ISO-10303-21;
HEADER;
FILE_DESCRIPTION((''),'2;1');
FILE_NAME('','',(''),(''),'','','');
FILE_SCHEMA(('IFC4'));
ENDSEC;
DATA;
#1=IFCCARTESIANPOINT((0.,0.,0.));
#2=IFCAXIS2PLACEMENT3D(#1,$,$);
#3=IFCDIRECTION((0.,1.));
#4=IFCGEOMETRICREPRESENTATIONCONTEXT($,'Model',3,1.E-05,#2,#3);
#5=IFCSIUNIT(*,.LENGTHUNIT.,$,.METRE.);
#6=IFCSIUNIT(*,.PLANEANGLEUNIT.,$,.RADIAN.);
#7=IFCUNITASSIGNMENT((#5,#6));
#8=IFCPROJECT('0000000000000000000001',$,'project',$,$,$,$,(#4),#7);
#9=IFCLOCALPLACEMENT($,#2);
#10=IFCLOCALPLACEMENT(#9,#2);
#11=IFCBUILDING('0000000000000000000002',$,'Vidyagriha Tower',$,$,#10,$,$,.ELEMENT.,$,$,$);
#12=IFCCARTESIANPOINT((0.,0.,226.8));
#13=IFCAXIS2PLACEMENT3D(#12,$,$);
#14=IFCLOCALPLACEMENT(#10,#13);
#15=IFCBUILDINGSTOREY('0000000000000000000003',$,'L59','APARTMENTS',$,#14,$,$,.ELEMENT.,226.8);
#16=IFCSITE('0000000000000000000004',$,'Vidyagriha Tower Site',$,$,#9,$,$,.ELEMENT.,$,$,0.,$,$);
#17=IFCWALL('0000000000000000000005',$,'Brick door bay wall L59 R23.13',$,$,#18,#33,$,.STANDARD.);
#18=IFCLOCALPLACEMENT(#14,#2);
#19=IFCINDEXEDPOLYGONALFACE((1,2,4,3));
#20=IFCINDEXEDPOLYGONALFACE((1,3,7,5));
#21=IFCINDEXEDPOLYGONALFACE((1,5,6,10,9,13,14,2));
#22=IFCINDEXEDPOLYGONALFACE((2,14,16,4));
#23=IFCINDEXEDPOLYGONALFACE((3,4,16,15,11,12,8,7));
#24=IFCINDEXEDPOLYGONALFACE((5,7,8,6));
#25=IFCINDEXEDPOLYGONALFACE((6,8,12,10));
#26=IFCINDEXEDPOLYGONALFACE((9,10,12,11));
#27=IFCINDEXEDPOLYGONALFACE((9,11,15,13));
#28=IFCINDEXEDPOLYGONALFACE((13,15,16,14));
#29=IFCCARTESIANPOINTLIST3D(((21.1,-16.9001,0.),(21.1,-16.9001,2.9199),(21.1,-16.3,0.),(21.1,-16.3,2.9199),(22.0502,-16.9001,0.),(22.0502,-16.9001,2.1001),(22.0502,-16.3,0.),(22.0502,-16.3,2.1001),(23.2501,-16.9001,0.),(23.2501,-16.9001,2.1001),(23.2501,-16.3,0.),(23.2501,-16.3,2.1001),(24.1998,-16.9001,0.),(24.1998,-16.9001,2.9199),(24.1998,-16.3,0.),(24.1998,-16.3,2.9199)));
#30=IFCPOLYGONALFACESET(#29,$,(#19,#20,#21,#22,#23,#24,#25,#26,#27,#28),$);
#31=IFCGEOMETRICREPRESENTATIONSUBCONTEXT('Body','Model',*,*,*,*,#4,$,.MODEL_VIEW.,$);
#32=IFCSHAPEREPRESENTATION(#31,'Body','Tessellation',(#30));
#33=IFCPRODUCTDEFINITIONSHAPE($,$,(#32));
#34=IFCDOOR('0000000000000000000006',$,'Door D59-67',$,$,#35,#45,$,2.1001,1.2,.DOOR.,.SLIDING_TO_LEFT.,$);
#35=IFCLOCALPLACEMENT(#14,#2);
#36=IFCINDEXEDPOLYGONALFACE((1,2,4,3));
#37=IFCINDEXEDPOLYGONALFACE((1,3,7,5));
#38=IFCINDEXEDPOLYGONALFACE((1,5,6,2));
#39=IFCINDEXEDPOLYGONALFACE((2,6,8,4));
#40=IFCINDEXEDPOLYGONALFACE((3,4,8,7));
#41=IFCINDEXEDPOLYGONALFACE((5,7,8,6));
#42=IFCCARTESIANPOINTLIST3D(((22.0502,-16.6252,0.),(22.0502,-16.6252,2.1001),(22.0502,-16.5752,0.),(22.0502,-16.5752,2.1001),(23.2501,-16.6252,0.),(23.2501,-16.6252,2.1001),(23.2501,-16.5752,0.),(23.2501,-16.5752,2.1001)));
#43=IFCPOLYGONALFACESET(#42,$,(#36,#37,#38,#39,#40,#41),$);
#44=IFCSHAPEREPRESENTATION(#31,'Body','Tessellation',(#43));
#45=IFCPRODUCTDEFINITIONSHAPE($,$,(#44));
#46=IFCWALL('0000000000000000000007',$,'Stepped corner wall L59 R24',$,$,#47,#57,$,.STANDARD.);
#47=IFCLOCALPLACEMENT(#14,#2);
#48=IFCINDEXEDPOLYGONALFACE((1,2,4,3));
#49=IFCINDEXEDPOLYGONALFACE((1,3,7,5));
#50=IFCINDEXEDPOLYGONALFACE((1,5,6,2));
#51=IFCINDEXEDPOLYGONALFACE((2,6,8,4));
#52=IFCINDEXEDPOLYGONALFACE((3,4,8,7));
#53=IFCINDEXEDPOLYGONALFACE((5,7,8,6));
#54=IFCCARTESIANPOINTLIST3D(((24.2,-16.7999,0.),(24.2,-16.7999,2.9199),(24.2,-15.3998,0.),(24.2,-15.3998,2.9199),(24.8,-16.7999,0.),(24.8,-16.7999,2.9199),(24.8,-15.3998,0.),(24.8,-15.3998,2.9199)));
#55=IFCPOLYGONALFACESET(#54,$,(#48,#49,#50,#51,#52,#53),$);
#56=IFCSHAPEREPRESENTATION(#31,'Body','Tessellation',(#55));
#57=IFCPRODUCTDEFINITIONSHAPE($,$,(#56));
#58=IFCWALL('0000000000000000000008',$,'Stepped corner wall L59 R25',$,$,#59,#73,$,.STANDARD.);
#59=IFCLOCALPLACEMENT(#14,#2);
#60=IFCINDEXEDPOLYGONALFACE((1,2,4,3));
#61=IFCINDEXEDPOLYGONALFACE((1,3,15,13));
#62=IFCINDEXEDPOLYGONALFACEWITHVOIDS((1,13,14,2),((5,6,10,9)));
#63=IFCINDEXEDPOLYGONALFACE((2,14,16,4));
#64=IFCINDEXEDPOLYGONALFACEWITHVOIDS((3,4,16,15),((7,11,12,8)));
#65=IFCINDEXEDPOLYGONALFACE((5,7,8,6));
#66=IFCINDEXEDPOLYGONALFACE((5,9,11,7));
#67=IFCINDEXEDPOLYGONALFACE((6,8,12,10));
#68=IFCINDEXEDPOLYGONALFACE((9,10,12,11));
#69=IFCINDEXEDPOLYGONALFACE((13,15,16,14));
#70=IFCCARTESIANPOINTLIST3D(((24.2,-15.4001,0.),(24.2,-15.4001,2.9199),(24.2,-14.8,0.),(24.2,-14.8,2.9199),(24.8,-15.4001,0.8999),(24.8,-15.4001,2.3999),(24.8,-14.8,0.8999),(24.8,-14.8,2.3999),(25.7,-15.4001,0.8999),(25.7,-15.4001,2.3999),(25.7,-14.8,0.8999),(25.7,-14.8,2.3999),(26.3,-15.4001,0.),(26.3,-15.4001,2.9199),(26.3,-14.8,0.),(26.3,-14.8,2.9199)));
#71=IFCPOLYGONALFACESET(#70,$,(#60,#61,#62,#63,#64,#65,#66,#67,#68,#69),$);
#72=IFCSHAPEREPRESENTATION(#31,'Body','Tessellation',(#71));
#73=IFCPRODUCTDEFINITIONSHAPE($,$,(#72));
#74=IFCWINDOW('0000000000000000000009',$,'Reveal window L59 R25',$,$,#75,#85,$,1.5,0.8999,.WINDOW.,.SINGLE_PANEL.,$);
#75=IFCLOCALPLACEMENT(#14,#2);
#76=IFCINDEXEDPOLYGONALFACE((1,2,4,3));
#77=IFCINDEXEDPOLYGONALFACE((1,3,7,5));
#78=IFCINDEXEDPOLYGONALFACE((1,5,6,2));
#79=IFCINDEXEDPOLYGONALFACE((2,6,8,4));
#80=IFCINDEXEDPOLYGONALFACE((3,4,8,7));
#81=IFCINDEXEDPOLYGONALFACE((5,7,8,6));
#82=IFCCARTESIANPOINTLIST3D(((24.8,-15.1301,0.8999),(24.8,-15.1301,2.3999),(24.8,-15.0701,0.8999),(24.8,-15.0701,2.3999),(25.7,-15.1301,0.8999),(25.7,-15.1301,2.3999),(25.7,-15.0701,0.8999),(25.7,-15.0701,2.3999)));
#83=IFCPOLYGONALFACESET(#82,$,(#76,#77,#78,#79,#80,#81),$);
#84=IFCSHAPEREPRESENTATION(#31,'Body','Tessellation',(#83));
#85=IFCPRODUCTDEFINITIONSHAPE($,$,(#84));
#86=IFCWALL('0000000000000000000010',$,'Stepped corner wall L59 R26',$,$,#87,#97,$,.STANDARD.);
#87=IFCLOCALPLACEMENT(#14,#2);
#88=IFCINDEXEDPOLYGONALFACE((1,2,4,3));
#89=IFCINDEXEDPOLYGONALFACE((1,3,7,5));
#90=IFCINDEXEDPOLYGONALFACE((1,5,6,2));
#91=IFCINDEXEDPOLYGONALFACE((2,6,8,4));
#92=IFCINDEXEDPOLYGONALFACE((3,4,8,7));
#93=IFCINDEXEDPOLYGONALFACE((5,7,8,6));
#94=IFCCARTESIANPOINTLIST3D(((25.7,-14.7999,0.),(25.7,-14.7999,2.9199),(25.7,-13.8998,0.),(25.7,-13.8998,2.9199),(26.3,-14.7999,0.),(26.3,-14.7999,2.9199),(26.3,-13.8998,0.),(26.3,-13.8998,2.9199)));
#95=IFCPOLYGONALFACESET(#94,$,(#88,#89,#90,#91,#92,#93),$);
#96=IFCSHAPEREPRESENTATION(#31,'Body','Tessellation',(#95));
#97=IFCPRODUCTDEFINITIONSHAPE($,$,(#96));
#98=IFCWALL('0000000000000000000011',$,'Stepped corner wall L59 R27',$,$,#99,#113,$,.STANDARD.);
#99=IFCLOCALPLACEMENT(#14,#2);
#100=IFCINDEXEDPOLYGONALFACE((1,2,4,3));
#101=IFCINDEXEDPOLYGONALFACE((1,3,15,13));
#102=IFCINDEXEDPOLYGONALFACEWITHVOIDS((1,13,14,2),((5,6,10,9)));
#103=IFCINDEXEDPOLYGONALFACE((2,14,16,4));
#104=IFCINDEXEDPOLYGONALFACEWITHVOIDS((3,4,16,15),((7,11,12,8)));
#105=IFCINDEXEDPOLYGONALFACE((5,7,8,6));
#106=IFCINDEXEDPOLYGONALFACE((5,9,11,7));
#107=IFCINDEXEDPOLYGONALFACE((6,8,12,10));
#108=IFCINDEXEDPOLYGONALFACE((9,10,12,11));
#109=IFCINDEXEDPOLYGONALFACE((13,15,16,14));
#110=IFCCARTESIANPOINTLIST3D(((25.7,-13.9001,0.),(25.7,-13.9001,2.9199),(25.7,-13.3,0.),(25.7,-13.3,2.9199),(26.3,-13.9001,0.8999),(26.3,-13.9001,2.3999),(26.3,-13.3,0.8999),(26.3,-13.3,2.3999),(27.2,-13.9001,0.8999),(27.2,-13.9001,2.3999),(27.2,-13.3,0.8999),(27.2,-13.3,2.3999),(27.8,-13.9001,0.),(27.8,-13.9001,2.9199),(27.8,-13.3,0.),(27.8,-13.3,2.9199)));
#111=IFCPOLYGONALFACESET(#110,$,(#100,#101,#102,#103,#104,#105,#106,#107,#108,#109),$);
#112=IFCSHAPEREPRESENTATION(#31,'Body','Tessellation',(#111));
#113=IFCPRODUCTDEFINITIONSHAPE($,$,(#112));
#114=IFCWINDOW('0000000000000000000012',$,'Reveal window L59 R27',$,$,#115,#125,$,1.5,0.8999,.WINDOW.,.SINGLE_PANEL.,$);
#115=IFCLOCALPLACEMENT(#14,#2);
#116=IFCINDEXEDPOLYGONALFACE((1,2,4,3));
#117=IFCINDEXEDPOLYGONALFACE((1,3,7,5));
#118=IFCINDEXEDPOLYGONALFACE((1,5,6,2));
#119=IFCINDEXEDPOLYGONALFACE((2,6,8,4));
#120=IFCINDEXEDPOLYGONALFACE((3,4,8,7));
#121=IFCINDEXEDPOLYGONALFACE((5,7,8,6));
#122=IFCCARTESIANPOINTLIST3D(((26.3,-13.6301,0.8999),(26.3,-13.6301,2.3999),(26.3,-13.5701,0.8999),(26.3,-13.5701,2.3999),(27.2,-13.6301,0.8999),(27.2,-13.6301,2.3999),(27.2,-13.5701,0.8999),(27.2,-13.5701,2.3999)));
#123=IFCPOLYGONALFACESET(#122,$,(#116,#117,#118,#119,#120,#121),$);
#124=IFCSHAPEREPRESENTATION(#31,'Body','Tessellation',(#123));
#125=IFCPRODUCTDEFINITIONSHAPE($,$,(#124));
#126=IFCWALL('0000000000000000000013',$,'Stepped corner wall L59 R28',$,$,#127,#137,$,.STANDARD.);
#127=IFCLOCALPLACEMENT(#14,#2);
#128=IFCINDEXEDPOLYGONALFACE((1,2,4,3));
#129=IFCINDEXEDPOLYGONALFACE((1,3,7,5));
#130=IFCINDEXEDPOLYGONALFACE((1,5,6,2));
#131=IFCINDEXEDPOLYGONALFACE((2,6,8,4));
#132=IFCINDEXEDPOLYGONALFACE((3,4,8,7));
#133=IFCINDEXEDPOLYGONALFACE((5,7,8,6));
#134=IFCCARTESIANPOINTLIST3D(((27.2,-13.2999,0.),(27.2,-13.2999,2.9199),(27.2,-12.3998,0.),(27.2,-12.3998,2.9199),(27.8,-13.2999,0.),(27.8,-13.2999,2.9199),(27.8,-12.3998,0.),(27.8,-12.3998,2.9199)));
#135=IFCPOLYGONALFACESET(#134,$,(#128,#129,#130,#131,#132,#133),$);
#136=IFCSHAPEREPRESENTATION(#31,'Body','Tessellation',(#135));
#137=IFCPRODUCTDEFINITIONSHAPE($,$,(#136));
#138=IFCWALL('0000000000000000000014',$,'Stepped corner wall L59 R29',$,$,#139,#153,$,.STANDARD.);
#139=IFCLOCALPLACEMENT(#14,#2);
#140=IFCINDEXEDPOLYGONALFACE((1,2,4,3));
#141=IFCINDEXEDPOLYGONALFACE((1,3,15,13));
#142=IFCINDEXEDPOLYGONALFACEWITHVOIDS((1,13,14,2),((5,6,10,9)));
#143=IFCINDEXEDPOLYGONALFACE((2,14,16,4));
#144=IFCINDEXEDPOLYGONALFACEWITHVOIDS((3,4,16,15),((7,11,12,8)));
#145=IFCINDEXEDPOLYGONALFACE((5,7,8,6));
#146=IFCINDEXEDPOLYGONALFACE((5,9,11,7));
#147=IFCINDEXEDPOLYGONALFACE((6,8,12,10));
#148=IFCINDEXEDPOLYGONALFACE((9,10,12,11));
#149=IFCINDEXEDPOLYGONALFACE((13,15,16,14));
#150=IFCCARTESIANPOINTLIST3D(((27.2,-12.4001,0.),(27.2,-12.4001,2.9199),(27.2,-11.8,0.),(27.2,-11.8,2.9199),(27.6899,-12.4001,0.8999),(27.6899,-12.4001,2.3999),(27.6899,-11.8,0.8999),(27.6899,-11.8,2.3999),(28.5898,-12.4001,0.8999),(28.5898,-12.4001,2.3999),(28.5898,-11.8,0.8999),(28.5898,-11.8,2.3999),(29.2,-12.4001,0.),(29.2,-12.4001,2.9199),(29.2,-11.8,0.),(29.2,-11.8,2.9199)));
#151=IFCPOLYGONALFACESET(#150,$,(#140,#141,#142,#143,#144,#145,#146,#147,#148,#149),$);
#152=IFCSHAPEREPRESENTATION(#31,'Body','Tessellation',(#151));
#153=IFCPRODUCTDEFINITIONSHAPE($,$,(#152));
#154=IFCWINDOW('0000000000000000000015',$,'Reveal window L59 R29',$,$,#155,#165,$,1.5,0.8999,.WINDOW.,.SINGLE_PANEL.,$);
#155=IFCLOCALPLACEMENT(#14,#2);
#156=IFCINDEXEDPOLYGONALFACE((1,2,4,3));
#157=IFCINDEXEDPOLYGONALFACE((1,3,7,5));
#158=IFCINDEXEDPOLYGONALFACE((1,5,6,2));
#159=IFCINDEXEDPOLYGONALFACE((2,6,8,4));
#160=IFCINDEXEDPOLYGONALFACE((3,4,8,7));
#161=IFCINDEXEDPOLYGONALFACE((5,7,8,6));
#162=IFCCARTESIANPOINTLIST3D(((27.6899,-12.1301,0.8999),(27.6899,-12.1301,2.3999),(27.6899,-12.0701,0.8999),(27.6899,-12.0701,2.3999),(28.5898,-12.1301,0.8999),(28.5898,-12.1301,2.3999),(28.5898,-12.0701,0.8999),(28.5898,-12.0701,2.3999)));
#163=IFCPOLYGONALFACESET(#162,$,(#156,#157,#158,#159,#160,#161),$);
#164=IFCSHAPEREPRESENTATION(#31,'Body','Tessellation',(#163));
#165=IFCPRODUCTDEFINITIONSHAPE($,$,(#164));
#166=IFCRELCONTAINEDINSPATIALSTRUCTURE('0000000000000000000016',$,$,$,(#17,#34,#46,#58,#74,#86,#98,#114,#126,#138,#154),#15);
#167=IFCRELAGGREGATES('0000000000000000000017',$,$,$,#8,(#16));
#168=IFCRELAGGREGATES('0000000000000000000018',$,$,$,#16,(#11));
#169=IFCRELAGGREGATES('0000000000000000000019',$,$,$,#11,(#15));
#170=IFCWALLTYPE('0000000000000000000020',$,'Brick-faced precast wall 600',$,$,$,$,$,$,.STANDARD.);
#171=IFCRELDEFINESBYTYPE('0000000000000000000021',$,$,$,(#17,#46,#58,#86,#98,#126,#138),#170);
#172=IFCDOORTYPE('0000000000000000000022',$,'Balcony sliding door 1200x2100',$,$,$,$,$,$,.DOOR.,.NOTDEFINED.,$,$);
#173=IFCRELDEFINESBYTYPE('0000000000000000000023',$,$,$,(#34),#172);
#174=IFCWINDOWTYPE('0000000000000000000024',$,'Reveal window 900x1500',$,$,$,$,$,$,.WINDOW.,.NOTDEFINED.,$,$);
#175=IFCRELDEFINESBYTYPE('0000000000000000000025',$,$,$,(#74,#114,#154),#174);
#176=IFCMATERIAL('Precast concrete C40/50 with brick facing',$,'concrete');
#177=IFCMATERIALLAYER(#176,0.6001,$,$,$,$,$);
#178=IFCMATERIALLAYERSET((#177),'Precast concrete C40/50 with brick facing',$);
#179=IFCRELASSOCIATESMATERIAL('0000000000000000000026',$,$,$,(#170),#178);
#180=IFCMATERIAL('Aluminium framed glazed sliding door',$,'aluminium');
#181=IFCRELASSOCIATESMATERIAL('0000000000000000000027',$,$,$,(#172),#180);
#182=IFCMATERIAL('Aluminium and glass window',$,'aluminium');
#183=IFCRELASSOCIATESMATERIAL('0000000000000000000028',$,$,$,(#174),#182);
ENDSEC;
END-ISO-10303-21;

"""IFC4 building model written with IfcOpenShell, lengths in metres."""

from ifc_helpers import new_model, si_unit, direction, frame, frame_2d, origin, place, context, subcontext, project, spatial, rectangle, extrude, material, layer, layer_set, type_object, element, fill, save


model = new_model("IFC4")

# Units and contexts
model_context = context("Model", 3, precision=1e-05, world=origin(), true_north=direction((0.0, 1.0)))
body_context = subcontext(model_context, "Body", "Model", "MODEL_VIEW")
ifc_project = project(units=[si_unit("LENGTHUNIT", "METRE"), si_unit("PLANEANGLEUNIT", "RADIAN")], contexts=[model_context])

# Site, building, storey
site_placement = place(None, origin())
site = spatial("IfcSite", under=ifc_project, at=site_placement, Name="Vidyagriha Tower Site", CompositionType="ELEMENT", RefElevation=0.0)
building_placement = place(site_placement, origin())
building = spatial("IfcBuilding", under=site, at=building_placement, Name="Vidyagriha Tower", CompositionType="ELEMENT")
storey_placement = place(building_placement, frame((0.0, 0.0, 226.8)))
storey = spatial("IfcBuildingStorey", under=building, at=storey_placement, Name="L59", Description="APARTMENTS", CompositionType="ELEMENT", Elevation=226.8)

# Wall, opening, door
ifc_material_1 = material(Name="Precast concrete C40/50 with brick facing", Category="concrete")
ifc_layer_1 = layer(ifc_material_1, 0.6001)
ifc_layer_set_1 = layer_set([ifc_layer_1], Name="Precast concrete C40/50 with brick facing")
wall_type = type_object("IfcWallType", Name="Brick-faced precast wall 600", PredefinedType="STANDARD", material=ifc_layer_set_1)
wall_1_placement = place(storey_placement, frame((21.1001, -16.6001, 0.0)))
wall_1 = element("IfcWall", 1, at=wall_1_placement, inside=storey, type_object=wall_type, Name="Brick door bay wall L59 R23.13", PredefinedType="STANDARD", context=body_context, shape_type="SweptSolid", body=[
    extrude(rectangle(XDim=3.0999, YDim=0.6001, at=frame_2d((1.5498, 0.0))), origin(), (0.0, 0.0, 1.0), 2.9199),
])
opening_1_placement = place(wall_1_placement, frame((0.95, 0.0, 0.0)))
opening_1 = element("IfcOpeningElement", 2, at=opening_1_placement, cuts=wall_1, PredefinedType="OPENING", context=body_context, shape_type="SweptSolid", body=[
    extrude(rectangle(XDim=1.2, YDim=2.1001, at=frame_2d((0.6001, 1.05))), frame((0.0, 0.3101, 0.0), z_axis=(0.0, -1.0, 0.0), x_axis=(1.0, 0.0, 0.0)), (0.0, 0.0, 1.0), 0.6201),
])
ifc_material_2 = material(Name="Aluminium framed glazed sliding door", Category="aluminium")
door_type = type_object("IfcDoorType", Name="Balcony sliding door 1200x2100", OperationType="NOTDEFINED", PredefinedType="DOOR", material=ifc_material_2)
door_placement = place(opening_1_placement, origin())
door = element("IfcDoor", 3, at=door_placement, inside=storey, type_object=door_type, Name="Door D59-67", OperationType="SLIDING_TO_LEFT", OverallHeight=2.1001, OverallWidth=1.2, PredefinedType="DOOR", context=body_context, shape_type="SweptSolid", body=[
    extrude(rectangle(XDim=1.2, YDim=2.1001, at=frame_2d((0.6001, 1.05))), frame((0.0, 0.0249, 0.0), z_axis=(0.0, -1.0, 0.0), x_axis=(1.0, 0.0, 0.0)), (0.0, 0.0, 1.0), 0.05),
])
fill(opening_1, door)

# Wall
wall_2_placement = place(storey_placement, frame((24.5, -16.8, 0.0), z_axis=(0.0, 0.0, 1.0), x_axis=(0.0, 1.0, 0.0)))
element("IfcWall", 4, at=wall_2_placement, inside=storey, type_object=wall_type, Name="Stepped corner wall L59 R24", PredefinedType="STANDARD", context=body_context, shape_type="SweptSolid", body=[
    extrude(rectangle(XDim=1.4001, YDim=0.6001, at=frame_2d((0.7002, 0.0))), origin(), (0.0, 0.0, 1.0), 2.9199),
])

# Wall, opening, window
wall_3_placement = place(storey_placement, frame((24.2, -15.1001, 0.0)))
wall_3 = element("IfcWall", 5, at=wall_3_placement, inside=storey, type_object=wall_type, Name="Stepped corner wall L59 R25", PredefinedType="STANDARD", context=body_context, shape_type="SweptSolid", body=[
    extrude(rectangle(XDim=2.1001, YDim=0.6001, at=frame_2d((1.05, 0.0))), origin(), (0.0, 0.0, 1.0), 2.9199),
])
opening_2_placement = place(wall_3_placement, frame((0.6001, 0.0, 0.8999)))
opening_2 = element("IfcOpeningElement", 6, at=opening_2_placement, cuts=wall_3, PredefinedType="OPENING", context=body_context, shape_type="SweptSolid", body=[
    extrude(rectangle(XDim=0.8999, YDim=1.5, at=frame_2d((0.45, 0.75))), frame((0.0, 0.3101, 0.0), z_axis=(0.0, -1.0, 0.0), x_axis=(1.0, 0.0, 0.0)), (0.0, 0.0, 1.0), 0.6201),
])
ifc_material_3 = material(Name="Aluminium and glass window", Category="aluminium")
window_type = type_object("IfcWindowType", Name="Reveal window 900x1500", PartitioningType="NOTDEFINED", PredefinedType="WINDOW", material=ifc_material_3)
window_1_placement = place(opening_2_placement, origin())
window_1 = element("IfcWindow", 7, at=window_1_placement, inside=storey, type_object=window_type, Name="Reveal window L59 R25", OverallHeight=1.5, OverallWidth=0.8999, PartitioningType="SINGLE_PANEL", PredefinedType="WINDOW", context=body_context, shape_type="SweptSolid", body=[
    extrude(rectangle(XDim=0.8999, YDim=1.5, at=frame_2d((0.45, 0.75))), frame((0.0, 0.03, 0.0), z_axis=(0.0, -1.0, 0.0), x_axis=(1.0, 0.0, 0.0)), (0.0, 0.0, 1.0), 0.0601),
])
fill(opening_2, window_1)

# Wall
wall_4_placement = place(storey_placement, frame((26.0, -14.8, 0.0), z_axis=(0.0, 0.0, 1.0), x_axis=(0.0, 1.0, 0.0)))
element("IfcWall", 8, at=wall_4_placement, inside=storey, type_object=wall_type, Name="Stepped corner wall L59 R26", PredefinedType="STANDARD", context=body_context, shape_type="SweptSolid", body=[
    extrude(rectangle(XDim=0.9001, YDim=0.6001, at=frame_2d((0.4502, 0.0))), origin(), (0.0, 0.0, 1.0), 2.9199),
])

# Wall, opening, window
wall_5_placement = place(storey_placement, frame((25.7, -13.6001, 0.0)))
wall_5 = element("IfcWall", 9, at=wall_5_placement, inside=storey, type_object=wall_type, Name="Stepped corner wall L59 R27", PredefinedType="STANDARD", context=body_context, shape_type="SweptSolid", body=[
    extrude(rectangle(XDim=2.1001, YDim=0.6001, at=frame_2d((1.05, 0.0))), origin(), (0.0, 0.0, 1.0), 2.9199),
])
opening_3_placement = place(wall_5_placement, frame((0.6001, 0.0, 0.8999)))
opening_3 = element("IfcOpeningElement", 10, at=opening_3_placement, cuts=wall_5, PredefinedType="OPENING", context=body_context, shape_type="SweptSolid", body=[
    extrude(rectangle(XDim=0.8999, YDim=1.5, at=frame_2d((0.45, 0.75))), frame((0.0, 0.3101, 0.0), z_axis=(0.0, -1.0, 0.0), x_axis=(1.0, 0.0, 0.0)), (0.0, 0.0, 1.0), 0.6201),
])
window_2_placement = place(opening_3_placement, origin())
window_2 = element("IfcWindow", 11, at=window_2_placement, inside=storey, type_object=window_type, Name="Reveal window L59 R27", OverallHeight=1.5, OverallWidth=0.8999, PartitioningType="SINGLE_PANEL", PredefinedType="WINDOW", context=body_context, shape_type="SweptSolid", body=[
    extrude(rectangle(XDim=0.8999, YDim=1.5, at=frame_2d((0.45, 0.75))), frame((0.0, 0.03, 0.0), z_axis=(0.0, -1.0, 0.0), x_axis=(1.0, 0.0, 0.0)), (0.0, 0.0, 1.0), 0.0601),
])
fill(opening_3, window_2)

# Wall
wall_6_placement = place(storey_placement, frame((27.5, -13.3, 0.0), z_axis=(0.0, 0.0, 1.0), x_axis=(0.0, 1.0, 0.0)))
element("IfcWall", 12, at=wall_6_placement, inside=storey, type_object=wall_type, Name="Stepped corner wall L59 R28", PredefinedType="STANDARD", context=body_context, shape_type="SweptSolid", body=[
    extrude(rectangle(XDim=0.9001, YDim=0.6001, at=frame_2d((0.4502, 0.0))), origin(), (0.0, 0.0, 1.0), 2.9199),
])

# Wall, opening, window
wall_7_placement = place(storey_placement, frame((27.2, -12.1001, 0.0)))
wall_7 = element("IfcWall", 13, at=wall_7_placement, inside=storey, type_object=wall_type, Name="Stepped corner wall L59 R29", PredefinedType="STANDARD", context=body_context, shape_type="SweptSolid", body=[
    extrude(rectangle(XDim=2.0, YDim=0.6001, at=frame_2d((1.0, 0.0))), origin(), (0.0, 0.0, 1.0), 2.9199),
])
opening_4_placement = place(wall_7_placement, frame((0.49, 0.0, 0.8999)))
opening_4 = element("IfcOpeningElement", 14, at=opening_4_placement, cuts=wall_7, PredefinedType="OPENING", context=body_context, shape_type="SweptSolid", body=[
    extrude(rectangle(XDim=0.8999, YDim=1.5, at=frame_2d((0.45, 0.75))), frame((0.0, 0.3101, 0.0), z_axis=(0.0, -1.0, 0.0), x_axis=(1.0, 0.0, 0.0)), (0.0, 0.0, 1.0), 0.6201),
])
window_3_placement = place(opening_4_placement, origin())
window_3 = element("IfcWindow", 15, at=window_3_placement, inside=storey, type_object=window_type, Name="Reveal window L59 R29", OverallHeight=1.5, OverallWidth=0.8999, PartitioningType="SINGLE_PANEL", PredefinedType="WINDOW", context=body_context, shape_type="SweptSolid", body=[
    extrude(rectangle(XDim=0.8999, YDim=1.5, at=frame_2d((0.45, 0.75))), frame((0.0, 0.03, 0.0), z_axis=(0.0, -1.0, 0.0), x_axis=(1.0, 0.0, 0.0)), (0.0, 0.0, 1.0), 0.0601),
])
fill(opening_4, window_3)

save(model, "model.ifc")
